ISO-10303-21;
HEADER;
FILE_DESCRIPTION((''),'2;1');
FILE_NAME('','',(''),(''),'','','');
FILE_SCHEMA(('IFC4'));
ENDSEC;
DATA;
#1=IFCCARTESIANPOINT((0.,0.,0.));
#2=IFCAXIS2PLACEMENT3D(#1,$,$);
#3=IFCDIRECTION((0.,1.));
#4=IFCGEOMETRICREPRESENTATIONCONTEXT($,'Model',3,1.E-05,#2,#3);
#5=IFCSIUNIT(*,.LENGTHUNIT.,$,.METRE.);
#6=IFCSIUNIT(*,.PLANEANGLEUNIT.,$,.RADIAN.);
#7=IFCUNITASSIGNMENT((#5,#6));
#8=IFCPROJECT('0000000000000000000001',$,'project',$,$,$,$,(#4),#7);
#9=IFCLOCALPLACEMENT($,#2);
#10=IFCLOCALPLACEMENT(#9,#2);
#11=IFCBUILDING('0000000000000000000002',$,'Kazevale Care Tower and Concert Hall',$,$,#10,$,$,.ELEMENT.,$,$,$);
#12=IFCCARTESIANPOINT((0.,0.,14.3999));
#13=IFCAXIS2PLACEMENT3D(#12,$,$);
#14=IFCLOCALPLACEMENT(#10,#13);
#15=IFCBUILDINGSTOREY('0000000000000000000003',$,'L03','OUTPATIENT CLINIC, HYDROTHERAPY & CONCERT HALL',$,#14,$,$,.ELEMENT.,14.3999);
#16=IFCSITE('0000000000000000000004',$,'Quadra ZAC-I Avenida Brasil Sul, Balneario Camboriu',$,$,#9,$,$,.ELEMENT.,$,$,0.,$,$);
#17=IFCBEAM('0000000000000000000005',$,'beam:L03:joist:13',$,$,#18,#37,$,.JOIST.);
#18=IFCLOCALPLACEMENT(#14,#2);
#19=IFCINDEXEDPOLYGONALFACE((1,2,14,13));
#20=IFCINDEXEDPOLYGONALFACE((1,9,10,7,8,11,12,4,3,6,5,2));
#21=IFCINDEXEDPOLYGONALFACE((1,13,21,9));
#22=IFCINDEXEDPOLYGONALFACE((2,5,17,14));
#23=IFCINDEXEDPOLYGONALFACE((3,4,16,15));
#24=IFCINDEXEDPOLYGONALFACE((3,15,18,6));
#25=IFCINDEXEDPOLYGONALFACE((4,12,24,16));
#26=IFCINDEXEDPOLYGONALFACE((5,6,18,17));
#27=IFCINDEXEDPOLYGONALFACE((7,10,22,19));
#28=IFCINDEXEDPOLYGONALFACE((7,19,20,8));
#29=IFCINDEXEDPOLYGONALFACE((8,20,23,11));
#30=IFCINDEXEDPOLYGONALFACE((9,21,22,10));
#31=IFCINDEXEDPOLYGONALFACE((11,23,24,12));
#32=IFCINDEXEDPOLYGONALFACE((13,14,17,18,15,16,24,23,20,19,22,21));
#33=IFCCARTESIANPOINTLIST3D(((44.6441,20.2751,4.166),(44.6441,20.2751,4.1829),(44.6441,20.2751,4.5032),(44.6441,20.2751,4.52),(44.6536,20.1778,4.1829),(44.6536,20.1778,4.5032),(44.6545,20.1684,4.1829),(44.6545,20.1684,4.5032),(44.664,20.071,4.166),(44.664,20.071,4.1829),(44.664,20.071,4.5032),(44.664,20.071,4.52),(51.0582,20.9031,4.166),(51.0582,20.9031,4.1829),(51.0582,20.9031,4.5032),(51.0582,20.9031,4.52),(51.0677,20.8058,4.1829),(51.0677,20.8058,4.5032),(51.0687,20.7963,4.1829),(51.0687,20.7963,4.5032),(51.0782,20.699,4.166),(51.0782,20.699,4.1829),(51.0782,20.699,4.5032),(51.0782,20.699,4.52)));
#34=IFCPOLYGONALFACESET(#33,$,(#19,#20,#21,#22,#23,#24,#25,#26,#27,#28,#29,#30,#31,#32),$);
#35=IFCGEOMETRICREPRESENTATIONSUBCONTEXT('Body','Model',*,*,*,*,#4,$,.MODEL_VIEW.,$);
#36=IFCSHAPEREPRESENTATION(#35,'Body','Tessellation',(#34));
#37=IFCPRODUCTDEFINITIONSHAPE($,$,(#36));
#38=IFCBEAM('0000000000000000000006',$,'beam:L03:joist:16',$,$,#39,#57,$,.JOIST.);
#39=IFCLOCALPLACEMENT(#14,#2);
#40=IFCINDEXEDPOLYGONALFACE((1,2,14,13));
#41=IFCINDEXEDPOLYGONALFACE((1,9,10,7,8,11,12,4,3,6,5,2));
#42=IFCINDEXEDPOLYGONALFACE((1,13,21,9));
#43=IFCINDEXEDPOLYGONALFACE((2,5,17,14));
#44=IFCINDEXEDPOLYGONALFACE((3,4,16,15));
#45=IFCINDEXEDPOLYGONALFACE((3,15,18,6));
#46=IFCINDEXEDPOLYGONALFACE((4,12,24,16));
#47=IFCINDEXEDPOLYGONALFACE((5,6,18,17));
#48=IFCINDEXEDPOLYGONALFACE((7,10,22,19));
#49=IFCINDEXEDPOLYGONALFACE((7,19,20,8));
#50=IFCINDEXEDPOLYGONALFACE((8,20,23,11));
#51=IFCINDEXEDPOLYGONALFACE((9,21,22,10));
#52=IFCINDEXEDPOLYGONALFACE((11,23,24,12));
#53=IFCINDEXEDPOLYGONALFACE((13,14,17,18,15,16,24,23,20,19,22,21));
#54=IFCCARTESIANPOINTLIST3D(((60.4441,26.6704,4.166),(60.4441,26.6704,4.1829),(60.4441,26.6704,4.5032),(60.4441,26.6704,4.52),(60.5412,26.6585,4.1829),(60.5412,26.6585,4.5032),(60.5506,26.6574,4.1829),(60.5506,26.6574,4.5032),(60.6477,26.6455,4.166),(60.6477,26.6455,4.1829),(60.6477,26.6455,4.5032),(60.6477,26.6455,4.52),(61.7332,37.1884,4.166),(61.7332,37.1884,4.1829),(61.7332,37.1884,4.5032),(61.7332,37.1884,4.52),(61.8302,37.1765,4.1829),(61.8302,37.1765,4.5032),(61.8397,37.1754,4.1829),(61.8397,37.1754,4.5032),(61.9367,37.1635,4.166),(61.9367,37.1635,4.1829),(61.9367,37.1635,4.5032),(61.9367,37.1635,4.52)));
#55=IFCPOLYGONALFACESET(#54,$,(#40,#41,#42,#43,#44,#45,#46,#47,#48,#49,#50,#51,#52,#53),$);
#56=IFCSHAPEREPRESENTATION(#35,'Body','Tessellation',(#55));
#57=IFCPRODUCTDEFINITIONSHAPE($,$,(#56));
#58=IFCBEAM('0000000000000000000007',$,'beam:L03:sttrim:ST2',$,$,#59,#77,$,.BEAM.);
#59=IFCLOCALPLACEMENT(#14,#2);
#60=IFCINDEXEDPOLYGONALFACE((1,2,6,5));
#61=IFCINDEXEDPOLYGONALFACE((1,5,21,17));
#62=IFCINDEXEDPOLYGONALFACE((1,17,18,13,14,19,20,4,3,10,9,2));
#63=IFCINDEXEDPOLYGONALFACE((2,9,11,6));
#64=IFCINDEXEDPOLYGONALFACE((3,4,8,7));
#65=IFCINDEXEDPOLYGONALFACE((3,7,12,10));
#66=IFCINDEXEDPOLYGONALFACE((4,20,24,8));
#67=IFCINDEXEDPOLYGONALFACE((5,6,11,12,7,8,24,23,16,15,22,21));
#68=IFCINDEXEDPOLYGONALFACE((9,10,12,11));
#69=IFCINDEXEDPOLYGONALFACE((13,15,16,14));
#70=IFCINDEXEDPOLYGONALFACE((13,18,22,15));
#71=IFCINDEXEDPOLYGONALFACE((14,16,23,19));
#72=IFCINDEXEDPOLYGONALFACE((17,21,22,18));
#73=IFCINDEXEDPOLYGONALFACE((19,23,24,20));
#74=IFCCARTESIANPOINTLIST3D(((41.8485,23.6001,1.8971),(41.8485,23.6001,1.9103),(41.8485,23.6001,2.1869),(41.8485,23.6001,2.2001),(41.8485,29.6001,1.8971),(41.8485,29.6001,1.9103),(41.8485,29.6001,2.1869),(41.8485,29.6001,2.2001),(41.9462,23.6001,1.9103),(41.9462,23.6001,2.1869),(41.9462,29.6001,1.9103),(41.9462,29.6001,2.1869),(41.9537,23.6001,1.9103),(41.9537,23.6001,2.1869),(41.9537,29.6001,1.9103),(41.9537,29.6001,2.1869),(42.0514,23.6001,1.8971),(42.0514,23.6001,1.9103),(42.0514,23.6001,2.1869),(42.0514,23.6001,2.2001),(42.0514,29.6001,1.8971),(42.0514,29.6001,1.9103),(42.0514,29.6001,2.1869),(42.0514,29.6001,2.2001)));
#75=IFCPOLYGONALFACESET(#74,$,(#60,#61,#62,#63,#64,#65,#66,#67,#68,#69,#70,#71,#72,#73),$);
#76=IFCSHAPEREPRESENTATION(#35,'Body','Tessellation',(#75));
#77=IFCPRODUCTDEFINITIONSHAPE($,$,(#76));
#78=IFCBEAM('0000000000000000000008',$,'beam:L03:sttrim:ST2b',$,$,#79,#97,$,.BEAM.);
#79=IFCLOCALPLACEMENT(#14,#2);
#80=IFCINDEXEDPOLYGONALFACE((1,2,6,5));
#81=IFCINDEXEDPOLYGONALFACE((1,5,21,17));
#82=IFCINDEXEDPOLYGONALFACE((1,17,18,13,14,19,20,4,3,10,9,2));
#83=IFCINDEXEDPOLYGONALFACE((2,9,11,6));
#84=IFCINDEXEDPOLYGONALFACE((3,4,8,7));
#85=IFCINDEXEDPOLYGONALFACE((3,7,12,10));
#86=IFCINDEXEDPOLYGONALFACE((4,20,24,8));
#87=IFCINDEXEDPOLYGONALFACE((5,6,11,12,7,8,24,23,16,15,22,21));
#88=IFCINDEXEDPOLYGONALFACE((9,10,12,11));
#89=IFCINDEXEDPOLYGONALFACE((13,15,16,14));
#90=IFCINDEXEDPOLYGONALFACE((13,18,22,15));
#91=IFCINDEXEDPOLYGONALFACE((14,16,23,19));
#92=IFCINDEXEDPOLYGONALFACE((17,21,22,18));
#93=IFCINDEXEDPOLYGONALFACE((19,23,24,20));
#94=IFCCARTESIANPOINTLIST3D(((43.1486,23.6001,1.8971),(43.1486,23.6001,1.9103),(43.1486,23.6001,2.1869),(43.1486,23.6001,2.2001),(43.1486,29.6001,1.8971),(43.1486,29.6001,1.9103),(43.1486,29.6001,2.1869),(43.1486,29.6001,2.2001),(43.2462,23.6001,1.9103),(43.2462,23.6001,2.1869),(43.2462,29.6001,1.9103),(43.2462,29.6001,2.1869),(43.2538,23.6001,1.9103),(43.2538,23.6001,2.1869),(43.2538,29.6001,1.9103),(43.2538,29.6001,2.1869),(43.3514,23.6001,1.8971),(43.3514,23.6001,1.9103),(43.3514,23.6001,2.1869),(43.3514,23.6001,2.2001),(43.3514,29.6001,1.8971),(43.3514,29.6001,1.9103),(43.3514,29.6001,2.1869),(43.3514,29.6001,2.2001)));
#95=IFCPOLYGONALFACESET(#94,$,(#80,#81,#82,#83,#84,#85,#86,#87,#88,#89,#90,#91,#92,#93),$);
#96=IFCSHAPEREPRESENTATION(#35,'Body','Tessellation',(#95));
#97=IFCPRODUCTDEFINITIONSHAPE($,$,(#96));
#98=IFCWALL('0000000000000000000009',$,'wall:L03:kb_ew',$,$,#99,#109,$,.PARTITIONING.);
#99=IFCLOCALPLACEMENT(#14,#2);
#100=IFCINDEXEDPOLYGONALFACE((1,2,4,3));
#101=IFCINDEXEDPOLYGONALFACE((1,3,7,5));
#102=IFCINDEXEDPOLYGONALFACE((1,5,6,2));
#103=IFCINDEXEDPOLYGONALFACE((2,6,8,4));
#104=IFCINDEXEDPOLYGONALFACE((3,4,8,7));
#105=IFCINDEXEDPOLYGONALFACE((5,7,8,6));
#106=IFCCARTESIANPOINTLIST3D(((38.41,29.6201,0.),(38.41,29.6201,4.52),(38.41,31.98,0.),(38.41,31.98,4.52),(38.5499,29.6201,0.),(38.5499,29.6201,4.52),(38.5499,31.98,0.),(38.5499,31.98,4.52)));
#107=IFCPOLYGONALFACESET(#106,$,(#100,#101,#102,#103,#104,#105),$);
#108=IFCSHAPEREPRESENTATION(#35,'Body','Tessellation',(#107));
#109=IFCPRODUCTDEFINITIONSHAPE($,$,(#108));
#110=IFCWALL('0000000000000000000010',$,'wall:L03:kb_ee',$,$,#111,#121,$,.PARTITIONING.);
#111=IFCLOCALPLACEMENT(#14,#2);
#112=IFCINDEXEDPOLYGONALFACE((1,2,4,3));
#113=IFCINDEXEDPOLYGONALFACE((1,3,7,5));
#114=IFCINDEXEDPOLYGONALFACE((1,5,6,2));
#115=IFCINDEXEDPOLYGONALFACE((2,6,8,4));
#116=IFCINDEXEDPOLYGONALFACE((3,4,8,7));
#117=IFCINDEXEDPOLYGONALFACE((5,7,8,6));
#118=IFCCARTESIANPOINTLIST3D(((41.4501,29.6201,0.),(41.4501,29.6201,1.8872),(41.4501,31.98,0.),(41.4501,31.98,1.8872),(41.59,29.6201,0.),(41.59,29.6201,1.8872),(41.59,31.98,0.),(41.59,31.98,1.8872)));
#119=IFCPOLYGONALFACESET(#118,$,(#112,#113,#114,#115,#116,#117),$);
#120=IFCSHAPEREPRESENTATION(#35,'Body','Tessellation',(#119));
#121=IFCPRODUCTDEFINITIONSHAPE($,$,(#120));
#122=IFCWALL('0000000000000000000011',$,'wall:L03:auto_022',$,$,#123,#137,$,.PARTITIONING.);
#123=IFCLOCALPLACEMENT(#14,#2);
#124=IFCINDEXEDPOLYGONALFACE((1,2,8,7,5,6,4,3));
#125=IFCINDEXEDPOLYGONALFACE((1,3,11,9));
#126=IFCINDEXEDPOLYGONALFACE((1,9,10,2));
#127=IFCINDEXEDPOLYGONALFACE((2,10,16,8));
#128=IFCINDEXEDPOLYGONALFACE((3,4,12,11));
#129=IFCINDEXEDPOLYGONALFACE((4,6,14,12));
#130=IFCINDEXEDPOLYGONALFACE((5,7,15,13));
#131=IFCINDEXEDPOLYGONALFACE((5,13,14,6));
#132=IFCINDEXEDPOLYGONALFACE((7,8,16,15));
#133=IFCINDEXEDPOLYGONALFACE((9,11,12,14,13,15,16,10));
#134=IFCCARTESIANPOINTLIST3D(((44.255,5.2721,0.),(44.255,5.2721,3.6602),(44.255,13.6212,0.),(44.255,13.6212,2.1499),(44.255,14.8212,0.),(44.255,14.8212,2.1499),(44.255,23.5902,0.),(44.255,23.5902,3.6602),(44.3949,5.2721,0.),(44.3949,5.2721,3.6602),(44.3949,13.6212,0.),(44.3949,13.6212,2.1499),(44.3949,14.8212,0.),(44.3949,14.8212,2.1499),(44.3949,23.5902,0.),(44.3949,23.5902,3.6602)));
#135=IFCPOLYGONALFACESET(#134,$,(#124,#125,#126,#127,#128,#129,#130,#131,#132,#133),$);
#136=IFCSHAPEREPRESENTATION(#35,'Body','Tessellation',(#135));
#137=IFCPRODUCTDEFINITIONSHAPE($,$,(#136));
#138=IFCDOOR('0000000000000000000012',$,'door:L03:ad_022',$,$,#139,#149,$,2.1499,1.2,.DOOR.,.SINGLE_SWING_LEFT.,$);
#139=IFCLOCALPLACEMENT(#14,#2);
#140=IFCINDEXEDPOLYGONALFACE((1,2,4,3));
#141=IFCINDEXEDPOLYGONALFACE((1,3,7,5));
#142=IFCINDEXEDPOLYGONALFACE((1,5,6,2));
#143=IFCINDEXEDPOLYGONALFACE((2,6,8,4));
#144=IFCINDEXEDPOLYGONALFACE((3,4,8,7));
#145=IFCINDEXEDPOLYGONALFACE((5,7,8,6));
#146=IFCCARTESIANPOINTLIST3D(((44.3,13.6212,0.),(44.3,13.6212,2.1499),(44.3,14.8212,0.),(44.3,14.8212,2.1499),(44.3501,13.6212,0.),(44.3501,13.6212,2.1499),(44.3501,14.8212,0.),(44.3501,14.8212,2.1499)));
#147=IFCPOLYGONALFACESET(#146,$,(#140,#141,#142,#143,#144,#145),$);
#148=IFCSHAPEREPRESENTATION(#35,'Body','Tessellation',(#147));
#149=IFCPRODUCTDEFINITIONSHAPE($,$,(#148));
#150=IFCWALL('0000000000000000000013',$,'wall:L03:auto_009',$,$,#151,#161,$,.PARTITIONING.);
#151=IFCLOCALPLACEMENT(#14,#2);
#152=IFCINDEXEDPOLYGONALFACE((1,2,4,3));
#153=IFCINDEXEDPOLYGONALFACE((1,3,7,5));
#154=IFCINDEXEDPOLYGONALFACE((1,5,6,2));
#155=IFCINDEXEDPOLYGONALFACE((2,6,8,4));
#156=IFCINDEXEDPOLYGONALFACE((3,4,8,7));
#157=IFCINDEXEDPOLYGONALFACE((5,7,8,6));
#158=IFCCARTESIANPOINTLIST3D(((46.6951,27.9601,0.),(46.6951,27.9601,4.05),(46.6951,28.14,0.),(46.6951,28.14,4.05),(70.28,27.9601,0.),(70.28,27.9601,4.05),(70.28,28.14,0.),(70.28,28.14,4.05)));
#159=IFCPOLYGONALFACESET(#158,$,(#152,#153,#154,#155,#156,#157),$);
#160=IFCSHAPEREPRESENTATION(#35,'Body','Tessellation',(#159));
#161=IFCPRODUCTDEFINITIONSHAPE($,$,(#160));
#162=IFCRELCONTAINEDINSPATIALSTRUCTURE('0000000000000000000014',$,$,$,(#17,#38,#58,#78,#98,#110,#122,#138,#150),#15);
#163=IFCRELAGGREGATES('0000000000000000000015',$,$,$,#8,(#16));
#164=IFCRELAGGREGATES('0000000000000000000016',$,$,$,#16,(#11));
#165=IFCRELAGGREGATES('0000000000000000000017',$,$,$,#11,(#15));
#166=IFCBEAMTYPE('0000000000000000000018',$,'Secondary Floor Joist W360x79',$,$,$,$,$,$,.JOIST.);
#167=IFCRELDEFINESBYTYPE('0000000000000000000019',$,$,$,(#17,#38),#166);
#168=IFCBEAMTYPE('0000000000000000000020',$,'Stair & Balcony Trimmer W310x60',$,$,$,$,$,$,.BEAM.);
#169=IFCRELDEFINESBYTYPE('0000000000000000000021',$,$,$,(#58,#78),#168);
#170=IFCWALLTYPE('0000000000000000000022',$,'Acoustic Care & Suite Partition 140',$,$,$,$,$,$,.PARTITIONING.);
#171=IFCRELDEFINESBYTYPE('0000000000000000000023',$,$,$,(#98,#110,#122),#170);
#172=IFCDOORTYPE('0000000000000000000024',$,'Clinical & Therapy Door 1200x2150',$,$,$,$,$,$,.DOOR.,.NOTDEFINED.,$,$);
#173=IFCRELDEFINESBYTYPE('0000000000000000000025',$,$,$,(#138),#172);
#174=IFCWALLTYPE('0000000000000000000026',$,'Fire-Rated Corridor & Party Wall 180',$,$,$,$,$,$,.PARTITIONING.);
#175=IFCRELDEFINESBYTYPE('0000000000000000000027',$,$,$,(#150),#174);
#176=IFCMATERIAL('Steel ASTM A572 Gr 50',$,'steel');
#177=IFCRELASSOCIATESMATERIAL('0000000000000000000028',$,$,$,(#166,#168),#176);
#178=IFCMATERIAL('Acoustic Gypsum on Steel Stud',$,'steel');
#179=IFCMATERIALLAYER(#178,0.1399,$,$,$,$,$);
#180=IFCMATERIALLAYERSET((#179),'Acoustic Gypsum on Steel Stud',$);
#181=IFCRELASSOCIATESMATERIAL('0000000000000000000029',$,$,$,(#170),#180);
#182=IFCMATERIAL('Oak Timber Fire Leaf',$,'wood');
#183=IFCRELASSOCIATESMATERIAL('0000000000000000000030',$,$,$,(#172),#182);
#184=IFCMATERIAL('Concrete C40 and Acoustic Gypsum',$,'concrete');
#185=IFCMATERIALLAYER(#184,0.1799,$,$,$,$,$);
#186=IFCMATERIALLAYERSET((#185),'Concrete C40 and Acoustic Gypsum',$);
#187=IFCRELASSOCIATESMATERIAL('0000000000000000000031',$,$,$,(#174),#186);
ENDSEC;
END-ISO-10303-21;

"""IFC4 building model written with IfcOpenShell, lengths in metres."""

from ifc_helpers import new_model, si_unit, direction, frame, frame_2d, origin, origin_2d, place, context, subcontext, project, spatial, rectangle, i_section, extrude, material, layer, layer_set, material_profile, profile_set, type_object, element, fill, save


model = new_model("IFC4")

# Units and contexts
model_context = context("Model", 3, precision=1e-05, world=origin(), true_north=direction((0.0, 1.0)))
body_context = subcontext(model_context, "Body", "Model", "MODEL_VIEW")
ifc_project = project(units=[si_unit("LENGTHUNIT", "METRE"), si_unit("PLANEANGLEUNIT", "RADIAN")], contexts=[model_context])

# Site, building, storey
site_placement = place(None, origin())
site = spatial("IfcSite", under=ifc_project, at=site_placement, Name="Quadra ZAC-I Avenida Brasil Sul, Balneario Camboriu", CompositionType="ELEMENT", RefElevation=0.0)
building_placement = place(site_placement, origin())
building = spatial("IfcBuilding", under=site, at=building_placement, Name="Kazevale Care Tower and Concert Hall", CompositionType="ELEMENT")
storey_placement = place(building_placement, frame((0.0, 0.0, 14.3999)))
storey = spatial("IfcBuildingStorey", under=building, at=storey_placement, Name="L03", Description="OUTPATIENT CLINIC, HYDROTHERAPY & CONCERT HALL", CompositionType="ELEMENT", Elevation=14.3999)

# Beams
ifc_material_1 = material(Name="Steel ASTM A572 Gr 50", Category="steel")
ifc_material_profile_1 = material_profile(ifc_material_1, i_section(OverallWidth=0.2051, OverallDepth=0.354, WebThickness=0.0095, FlangeThickness=0.0168, at=origin_2d()), Name="W360x79")
ifc_profile_set_1 = profile_set([ifc_material_profile_1], Name="Steel ASTM A572 Gr 50")
beam_type_1 = type_object("IfcBeamType", Name="Secondary Floor Joist W360x79", PredefinedType="JOIST", material=ifc_profile_set_1)
beam_1_placement = place(storey_placement, frame((44.6541, 20.1731, 4.343), z_axis=(0.995242, 0.097433, 0.0), x_axis=(-0.097433, 0.995242, 0.0)))
element("IfcBeam", 1, at=beam_1_placement, inside=storey, type_object=beam_type_1, Name="beam:L03:joist:13", PredefinedType="JOIST", context=body_context, shape_type="SweptSolid", body=[
    extrude(i_section(OverallWidth=0.2051, OverallDepth=0.354, WebThickness=0.0095, FlangeThickness=0.0168, at=origin_2d()), origin(), (0.0, 0.0, 1.0), 6.4448),
])
beam_2_placement = place(storey_placement, frame((60.5459, 26.658, 4.343), z_axis=(0.121647, 0.992573, 0.0), x_axis=(-0.992573, 0.121647, 0.0)))
element("IfcBeam", 2, at=beam_2_placement, inside=storey, type_object=beam_type_1, Name="beam:L03:joist:16", PredefinedType="JOIST", context=body_context, shape_type="SweptSolid", body=[
    extrude(i_section(OverallWidth=0.2051, OverallDepth=0.354, WebThickness=0.0095, FlangeThickness=0.0168, at=origin_2d()), origin(), (0.0, 0.0, 1.0), 10.5967),
])
ifc_material_profile_2 = material_profile(ifc_material_1, i_section(OverallWidth=0.2029, OverallDepth=0.303, WebThickness=0.0076, FlangeThickness=0.0132, at=origin_2d()), Name="W310x60")
ifc_profile_set_2 = profile_set([ifc_material_profile_2], Name="Steel ASTM A572 Gr 50")
beam_type_2 = type_object("IfcBeamType", Name="Stair & Balcony Trimmer W310x60", PredefinedType="BEAM", material=ifc_profile_set_2)
for number, where, z_axis, x_axis, name in (
    (3, (41.95, 23.6001, 2.0486), (0.0, 1.0, 0.0), (-1.0, 0.0, 0.0), "beam:L03:sttrim:ST2"),
    (4, (43.25, 23.6001, 2.0486), (0.0, 1.0, 0.0), (-1.0, 0.0, 0.0), "beam:L03:sttrim:ST2b"),
):
    element("IfcBeam", number, at=place(storey_placement, frame(where, z_axis=z_axis, x_axis=x_axis)), inside=storey, type_object=beam_type_2, Name=name, PredefinedType="BEAM", context=body_context, shape_type="SweptSolid", body=[
        extrude(i_section(OverallWidth=0.2029, OverallDepth=0.303, WebThickness=0.0076, FlangeThickness=0.0132, at=origin_2d()), origin(), (0.0, 0.0, 1.0), 6.0),
    ])

# Walls
ifc_material_2 = material(Name="Acoustic Gypsum on Steel Stud", Category="steel")
ifc_layer_1 = layer(ifc_material_2, 0.1399)
ifc_layer_set_1 = layer_set([ifc_layer_1], Name="Acoustic Gypsum on Steel Stud")
wall_type_1 = type_object("IfcWallType", Name="Acoustic Care & Suite Partition 140", PredefinedType="PARTITIONING", material=ifc_layer_set_1)
wall_1_placement = place(storey_placement, frame((38.48, 29.6201, 0.0), z_axis=(0.0, 0.0, 1.0), x_axis=(0.0, 1.0, 0.0)))
element("IfcWall", 5, at=wall_1_placement, inside=storey, type_object=wall_type_1, Name="wall:L03:kb_ew", PredefinedType="PARTITIONING", context=body_context, shape_type="SweptSolid", body=[
    extrude(rectangle(XDim=2.3599, YDim=0.1399, at=frame_2d((1.1799, 0.0))), origin(), (0.0, 0.0, 1.0), 4.52),
])
wall_2_placement = place(storey_placement, frame((41.52, 29.6201, 0.0), z_axis=(0.0, 0.0, 1.0), x_axis=(0.0, 1.0, 0.0)))
element("IfcWall", 6, at=wall_2_placement, inside=storey, type_object=wall_type_1, Name="wall:L03:kb_ee", PredefinedType="PARTITIONING", context=body_context, shape_type="SweptSolid", body=[
    extrude(rectangle(XDim=2.3599, YDim=0.1399, at=frame_2d((1.1799, 0.0))), origin(), (0.0, 0.0, 1.0), 1.8872),
])

# Wall, opening, door
wall_3_placement = place(storey_placement, frame((44.325, 5.272, 0.0), z_axis=(0.0, 0.0, 1.0), x_axis=(0.0, 1.0, 0.0)))
wall_3 = element("IfcWall", 7, at=wall_3_placement, inside=storey, type_object=wall_type_1, Name="wall:L03:auto_022", PredefinedType="PARTITIONING", context=body_context, shape_type="SweptSolid", body=[
    extrude(rectangle(XDim=18.3181, YDim=0.1399, at=frame_2d((9.1592, 0.0))), origin(), (0.0, 0.0, 1.0), 3.6602),
])
opening_1_placement = place(wall_3_placement, frame((8.3491, 0.0, 0.0)))
opening_1 = element("IfcOpeningElement", 8, at=opening_1_placement, cuts=wall_3, PredefinedType="OPENING", context=body_context, shape_type="SweptSolid", body=[
    extrude(rectangle(XDim=1.2, YDim=2.1499, at=frame_2d((0.6001, 1.075))), frame((0.0, 0.0798, 0.0), z_axis=(0.0, -1.0, 0.0), x_axis=(1.0, 0.0, 0.0)), (0.0, 0.0, 1.0), 0.1599),
])
ifc_material_3 = material(Name="Oak Timber Fire Leaf", Category="wood")
door_type_1 = type_object("IfcDoorType", Name="Clinical & Therapy Door 1200x2150", OperationType="NOTDEFINED", PredefinedType="DOOR", material=ifc_material_3)
door_1_placement = place(opening_1_placement, origin())
door_1 = element("IfcDoor", 9, at=door_1_placement, inside=storey, type_object=door_type_1, Name="door:L03:ad_022", OperationType="SINGLE_SWING_LEFT", OverallHeight=2.1499, OverallWidth=1.2, PredefinedType="DOOR", context=body_context, shape_type="SweptSolid", body=[
    extrude(rectangle(XDim=1.2, YDim=2.1499, at=frame_2d((0.6001, 1.075))), frame((0.0, 0.0249, 0.0), z_axis=(0.0, -1.0, 0.0), x_axis=(1.0, 0.0, 0.0)), (0.0, 0.0, 1.0), 0.05),
])
fill(opening_1, door_1)

# Wall
ifc_material_4 = material(Name="Concrete C40 and Acoustic Gypsum", Category="concrete")
ifc_layer_2 = layer(ifc_material_4, 0.1799)
ifc_layer_set_2 = layer_set([ifc_layer_2], Name="Concrete C40 and Acoustic Gypsum")
wall_type_2 = type_object("IfcWallType", Name="Fire-Rated Corridor & Party Wall 180", PredefinedType="PARTITIONING", material=ifc_layer_set_2)
wall_4_placement = place(storey_placement, frame((46.6951, 28.05, 0.0), z_axis=(0.0, 0.0, 1.0), x_axis=(1.0, 0.0, 0.0)))
element("IfcWall", 10, at=wall_4_placement, inside=storey, type_object=wall_type_2, Name="wall:L03:auto_009", PredefinedType="PARTITIONING", context=body_context, shape_type="SweptSolid", body=[
    extrude(rectangle(XDim=23.585, YDim=0.1799, at=frame_2d((11.7925, 0.0))), origin(), (0.0, 0.0, 1.0), 4.05),
])

save(model, "model.ifc")
